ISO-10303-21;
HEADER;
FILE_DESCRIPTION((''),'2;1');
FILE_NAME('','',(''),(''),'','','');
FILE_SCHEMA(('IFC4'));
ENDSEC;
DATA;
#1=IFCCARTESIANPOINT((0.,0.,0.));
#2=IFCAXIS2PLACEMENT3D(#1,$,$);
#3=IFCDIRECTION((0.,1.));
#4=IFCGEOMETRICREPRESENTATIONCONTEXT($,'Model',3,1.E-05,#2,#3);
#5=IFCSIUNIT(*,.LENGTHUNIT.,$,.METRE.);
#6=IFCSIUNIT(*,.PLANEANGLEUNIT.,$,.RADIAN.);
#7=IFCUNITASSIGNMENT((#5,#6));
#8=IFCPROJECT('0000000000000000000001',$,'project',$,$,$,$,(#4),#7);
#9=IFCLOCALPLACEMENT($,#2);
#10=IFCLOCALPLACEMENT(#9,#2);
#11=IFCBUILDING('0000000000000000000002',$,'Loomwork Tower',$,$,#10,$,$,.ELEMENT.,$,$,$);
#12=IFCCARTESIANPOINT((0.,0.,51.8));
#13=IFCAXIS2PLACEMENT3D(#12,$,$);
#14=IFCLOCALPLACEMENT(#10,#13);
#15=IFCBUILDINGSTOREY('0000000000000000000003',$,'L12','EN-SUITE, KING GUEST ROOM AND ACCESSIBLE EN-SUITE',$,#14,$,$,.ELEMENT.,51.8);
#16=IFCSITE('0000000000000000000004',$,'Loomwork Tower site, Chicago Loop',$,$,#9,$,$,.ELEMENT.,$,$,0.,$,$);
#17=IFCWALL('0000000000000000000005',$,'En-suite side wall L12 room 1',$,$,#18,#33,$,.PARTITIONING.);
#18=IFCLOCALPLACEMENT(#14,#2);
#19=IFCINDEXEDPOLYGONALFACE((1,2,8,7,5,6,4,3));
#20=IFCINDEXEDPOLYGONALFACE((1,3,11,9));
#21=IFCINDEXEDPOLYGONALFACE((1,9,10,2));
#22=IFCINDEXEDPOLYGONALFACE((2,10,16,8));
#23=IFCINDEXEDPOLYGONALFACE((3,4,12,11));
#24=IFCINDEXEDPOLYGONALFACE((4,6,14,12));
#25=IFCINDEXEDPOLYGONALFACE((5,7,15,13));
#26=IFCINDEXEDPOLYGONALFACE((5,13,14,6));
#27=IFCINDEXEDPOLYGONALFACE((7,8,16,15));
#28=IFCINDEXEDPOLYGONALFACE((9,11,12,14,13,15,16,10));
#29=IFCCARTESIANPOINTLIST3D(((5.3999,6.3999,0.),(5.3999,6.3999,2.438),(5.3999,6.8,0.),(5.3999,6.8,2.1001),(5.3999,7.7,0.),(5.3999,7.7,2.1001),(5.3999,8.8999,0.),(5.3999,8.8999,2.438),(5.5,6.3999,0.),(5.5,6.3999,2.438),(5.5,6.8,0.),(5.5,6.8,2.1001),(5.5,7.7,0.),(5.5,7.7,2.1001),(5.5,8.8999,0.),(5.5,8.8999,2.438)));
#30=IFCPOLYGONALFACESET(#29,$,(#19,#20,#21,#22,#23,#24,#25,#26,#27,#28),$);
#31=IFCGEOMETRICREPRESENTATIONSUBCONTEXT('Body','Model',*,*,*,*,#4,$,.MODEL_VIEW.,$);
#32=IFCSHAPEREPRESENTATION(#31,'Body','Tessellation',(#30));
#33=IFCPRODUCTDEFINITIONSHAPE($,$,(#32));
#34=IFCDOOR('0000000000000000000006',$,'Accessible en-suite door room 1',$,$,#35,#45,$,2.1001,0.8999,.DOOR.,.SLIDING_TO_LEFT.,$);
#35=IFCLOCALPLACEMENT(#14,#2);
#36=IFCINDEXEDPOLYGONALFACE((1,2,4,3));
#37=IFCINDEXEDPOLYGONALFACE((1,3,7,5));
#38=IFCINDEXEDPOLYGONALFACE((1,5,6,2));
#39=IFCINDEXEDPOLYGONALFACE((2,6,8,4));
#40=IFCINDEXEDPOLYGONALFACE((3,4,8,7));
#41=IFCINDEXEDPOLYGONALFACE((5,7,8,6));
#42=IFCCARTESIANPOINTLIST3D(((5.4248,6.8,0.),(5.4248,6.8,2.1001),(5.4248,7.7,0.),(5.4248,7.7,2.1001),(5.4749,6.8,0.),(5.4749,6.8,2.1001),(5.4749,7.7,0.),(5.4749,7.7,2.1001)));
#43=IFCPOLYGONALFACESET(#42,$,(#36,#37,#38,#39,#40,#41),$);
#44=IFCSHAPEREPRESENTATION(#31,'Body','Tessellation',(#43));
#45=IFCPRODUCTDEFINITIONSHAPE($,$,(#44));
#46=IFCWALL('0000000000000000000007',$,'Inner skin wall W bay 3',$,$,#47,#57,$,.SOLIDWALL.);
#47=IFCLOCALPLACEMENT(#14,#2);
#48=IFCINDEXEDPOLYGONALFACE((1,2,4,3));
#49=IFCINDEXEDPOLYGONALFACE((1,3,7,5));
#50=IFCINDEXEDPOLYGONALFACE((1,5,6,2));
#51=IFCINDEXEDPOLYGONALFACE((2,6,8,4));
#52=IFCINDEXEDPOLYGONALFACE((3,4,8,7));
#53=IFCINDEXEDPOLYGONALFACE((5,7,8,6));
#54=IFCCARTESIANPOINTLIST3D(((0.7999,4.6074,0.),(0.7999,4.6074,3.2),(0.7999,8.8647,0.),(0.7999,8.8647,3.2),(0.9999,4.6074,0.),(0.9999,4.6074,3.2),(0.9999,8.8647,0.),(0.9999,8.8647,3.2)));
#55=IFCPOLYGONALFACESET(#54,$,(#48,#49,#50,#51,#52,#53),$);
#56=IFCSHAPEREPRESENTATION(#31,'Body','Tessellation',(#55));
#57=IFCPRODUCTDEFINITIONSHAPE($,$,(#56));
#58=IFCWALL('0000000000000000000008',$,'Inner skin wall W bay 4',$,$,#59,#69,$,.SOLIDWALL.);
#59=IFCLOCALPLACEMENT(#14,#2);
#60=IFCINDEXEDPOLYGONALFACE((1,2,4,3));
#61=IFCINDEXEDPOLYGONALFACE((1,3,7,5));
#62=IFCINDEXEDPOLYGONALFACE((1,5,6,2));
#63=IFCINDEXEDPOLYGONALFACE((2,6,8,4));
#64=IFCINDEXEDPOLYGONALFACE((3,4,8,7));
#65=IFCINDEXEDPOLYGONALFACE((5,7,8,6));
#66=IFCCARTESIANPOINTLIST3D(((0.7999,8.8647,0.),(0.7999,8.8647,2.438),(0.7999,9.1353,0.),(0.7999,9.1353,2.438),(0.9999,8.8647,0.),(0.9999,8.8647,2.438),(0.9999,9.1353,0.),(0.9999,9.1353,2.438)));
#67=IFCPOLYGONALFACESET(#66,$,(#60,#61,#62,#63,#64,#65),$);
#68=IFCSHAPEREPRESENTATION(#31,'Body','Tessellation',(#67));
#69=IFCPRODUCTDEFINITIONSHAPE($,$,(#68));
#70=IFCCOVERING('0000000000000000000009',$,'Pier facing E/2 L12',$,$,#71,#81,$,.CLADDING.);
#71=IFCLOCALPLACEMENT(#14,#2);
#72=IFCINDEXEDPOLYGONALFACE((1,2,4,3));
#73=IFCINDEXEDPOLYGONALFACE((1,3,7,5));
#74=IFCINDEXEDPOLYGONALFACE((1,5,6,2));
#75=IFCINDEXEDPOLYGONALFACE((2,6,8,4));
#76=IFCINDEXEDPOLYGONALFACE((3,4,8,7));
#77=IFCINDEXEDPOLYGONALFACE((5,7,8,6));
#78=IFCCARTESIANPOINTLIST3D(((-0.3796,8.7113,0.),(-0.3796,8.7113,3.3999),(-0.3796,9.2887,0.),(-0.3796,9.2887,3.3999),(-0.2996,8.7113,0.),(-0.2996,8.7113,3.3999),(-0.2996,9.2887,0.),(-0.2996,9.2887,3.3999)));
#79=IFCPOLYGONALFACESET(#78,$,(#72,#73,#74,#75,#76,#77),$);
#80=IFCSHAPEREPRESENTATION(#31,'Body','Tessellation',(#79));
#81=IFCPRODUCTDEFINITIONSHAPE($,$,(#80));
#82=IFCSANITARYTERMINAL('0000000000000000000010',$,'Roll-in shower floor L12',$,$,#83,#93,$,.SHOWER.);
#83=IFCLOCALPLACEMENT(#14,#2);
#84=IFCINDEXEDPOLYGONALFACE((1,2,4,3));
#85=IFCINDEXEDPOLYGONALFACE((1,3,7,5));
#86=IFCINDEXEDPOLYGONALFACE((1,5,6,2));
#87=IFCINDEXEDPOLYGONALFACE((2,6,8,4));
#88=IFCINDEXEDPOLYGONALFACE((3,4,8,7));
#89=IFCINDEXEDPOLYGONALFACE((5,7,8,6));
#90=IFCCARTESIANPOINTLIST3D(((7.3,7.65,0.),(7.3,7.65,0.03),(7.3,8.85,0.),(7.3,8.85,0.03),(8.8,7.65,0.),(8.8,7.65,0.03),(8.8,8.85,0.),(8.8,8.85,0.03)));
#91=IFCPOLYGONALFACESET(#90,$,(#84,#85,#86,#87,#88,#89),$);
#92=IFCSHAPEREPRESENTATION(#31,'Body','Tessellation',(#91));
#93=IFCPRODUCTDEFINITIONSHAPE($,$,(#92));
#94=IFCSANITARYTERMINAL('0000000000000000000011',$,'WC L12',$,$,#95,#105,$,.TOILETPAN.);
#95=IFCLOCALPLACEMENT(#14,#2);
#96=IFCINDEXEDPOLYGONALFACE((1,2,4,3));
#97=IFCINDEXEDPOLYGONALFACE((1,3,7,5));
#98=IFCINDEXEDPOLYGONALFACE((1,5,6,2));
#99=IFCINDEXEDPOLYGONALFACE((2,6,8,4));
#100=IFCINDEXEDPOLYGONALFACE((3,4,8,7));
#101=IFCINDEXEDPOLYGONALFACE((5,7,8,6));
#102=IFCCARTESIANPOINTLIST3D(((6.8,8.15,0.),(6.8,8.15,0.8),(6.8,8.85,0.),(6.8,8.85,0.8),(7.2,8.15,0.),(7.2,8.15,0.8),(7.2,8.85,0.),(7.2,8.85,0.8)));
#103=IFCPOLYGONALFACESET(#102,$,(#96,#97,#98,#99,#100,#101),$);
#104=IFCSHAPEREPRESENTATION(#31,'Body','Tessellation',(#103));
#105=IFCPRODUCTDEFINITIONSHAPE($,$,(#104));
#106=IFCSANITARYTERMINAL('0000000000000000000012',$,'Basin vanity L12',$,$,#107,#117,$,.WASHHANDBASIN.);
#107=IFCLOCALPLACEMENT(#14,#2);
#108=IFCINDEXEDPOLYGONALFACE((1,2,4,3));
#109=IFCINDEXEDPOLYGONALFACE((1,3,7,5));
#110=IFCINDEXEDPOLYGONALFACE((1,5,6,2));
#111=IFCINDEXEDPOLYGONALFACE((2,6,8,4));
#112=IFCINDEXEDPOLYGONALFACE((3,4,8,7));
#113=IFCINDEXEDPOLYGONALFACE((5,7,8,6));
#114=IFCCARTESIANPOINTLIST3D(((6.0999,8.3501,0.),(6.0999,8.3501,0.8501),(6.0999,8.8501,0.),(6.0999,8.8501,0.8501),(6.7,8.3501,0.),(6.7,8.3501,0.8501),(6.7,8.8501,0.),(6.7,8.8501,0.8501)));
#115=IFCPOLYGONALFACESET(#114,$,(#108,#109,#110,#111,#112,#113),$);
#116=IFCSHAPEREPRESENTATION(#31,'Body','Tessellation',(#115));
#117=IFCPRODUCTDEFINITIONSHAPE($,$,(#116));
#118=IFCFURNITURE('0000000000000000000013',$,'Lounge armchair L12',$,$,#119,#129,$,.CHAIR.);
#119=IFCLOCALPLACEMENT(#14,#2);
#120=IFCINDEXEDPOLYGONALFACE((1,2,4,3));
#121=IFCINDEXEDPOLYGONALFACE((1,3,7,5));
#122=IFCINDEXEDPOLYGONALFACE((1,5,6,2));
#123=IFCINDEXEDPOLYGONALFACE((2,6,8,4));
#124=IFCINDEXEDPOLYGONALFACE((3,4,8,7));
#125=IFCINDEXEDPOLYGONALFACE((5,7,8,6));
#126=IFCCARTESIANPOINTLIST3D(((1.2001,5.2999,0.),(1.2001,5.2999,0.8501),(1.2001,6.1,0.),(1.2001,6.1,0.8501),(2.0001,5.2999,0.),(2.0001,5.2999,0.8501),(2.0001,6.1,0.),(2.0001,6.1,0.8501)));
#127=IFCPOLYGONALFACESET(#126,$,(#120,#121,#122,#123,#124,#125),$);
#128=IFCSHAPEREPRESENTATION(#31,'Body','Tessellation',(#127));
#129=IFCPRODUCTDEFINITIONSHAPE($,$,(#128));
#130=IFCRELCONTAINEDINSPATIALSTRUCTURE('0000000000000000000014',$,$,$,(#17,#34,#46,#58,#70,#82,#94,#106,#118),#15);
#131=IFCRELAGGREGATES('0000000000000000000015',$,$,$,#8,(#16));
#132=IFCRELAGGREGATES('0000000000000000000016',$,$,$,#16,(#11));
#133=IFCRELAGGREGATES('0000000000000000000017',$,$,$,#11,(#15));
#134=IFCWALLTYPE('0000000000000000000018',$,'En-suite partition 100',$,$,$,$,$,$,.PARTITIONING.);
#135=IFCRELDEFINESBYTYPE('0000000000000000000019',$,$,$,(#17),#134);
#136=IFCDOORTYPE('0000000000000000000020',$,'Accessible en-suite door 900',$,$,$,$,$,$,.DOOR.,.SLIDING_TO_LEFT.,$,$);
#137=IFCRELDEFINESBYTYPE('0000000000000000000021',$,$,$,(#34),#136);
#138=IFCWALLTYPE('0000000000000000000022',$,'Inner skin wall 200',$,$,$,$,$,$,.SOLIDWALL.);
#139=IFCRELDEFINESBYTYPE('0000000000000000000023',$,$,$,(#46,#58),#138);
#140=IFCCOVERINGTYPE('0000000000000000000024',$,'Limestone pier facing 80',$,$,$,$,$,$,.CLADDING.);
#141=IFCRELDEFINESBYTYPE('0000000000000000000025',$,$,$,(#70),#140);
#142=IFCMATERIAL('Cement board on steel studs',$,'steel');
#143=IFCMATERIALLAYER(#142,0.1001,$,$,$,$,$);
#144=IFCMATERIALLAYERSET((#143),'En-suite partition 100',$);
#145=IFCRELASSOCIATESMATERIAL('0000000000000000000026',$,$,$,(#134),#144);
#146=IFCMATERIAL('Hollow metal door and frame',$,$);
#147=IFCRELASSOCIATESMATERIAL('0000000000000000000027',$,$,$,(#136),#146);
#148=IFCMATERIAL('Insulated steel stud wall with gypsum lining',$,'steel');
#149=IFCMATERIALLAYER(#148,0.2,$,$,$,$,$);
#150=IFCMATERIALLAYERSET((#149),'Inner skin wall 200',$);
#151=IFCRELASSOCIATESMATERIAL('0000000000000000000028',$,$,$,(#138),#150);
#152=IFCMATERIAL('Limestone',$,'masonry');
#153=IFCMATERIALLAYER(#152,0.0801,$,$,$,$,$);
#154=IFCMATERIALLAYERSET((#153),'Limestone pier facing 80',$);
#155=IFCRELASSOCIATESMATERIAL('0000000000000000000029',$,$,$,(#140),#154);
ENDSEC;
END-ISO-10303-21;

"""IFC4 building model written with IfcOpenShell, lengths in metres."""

from ifc_helpers import new_model, si_unit, direction, frame, frame_2d, origin, origin_2d, place, context, subcontext, project, spatial, rectangle, extrude, material, layer, layer_set, type_object, element, fill, save


model = new_model("IFC4")

# Units and contexts
model_context = context("Model", 3, precision=1e-05, world=origin(), true_north=direction((0.0, 1.0)))
body_context = subcontext(model_context, "Body", "Model", "MODEL_VIEW")
ifc_project = project(units=[si_unit("LENGTHUNIT", "METRE"), si_unit("PLANEANGLEUNIT", "RADIAN")], contexts=[model_context])

# Site, building, storey
site_placement = place(None, origin())
site = spatial("IfcSite", under=ifc_project, at=site_placement, Name="Loomwork Tower site, Chicago Loop", CompositionType="ELEMENT", RefElevation=0.0)
building_placement = place(site_placement, origin())
building = spatial("IfcBuilding", under=site, at=building_placement, Name="Loomwork Tower", CompositionType="ELEMENT")
storey_placement = place(building_placement, frame((0.0, 0.0, 51.8)))
storey = spatial("IfcBuildingStorey", under=building, at=storey_placement, Name="L12", Description="EN-SUITE, KING GUEST ROOM AND ACCESSIBLE EN-SUITE", CompositionType="ELEMENT", Elevation=51.8)

# Shared definitions
ifc_material_1 = material(Name="Cement board on steel studs", Category="steel")
ifc_layer_1 = layer(ifc_material_1, 0.1001)
ifc_layer_set_1 = layer_set([ifc_layer_1], Name="En-suite partition 100")
wall_type_1 = type_object("IfcWallType", Name="En-suite partition 100", PredefinedType="PARTITIONING", material=ifc_layer_set_1)

# Wall, opening, door
wall_1_placement = place(storey_placement, frame((5.45, 8.8999, 0.0), z_axis=(0.0, 0.0, 1.0), x_axis=(0.0, -1.0, 0.0)))
wall_1 = element("IfcWall", 1, at=wall_1_placement, inside=storey, type_object=wall_type_1, Name="En-suite side wall L12 room 1", PredefinedType="PARTITIONING", context=body_context, shape_type="SweptSolid", body=[
    extrude(rectangle(XDim=2.5, YDim=0.1001, at=frame_2d((1.25, 0.0))), origin(), (0.0, 0.0, 1.0), 2.438),
])
opening_1_placement = place(wall_1_placement, frame((1.2, 0.0, 0.0)))
opening_1 = element("IfcOpeningElement", 2, at=opening_1_placement, cuts=wall_1, PredefinedType="OPENING", context=body_context, shape_type="SweptSolid", body=[
    extrude(rectangle(XDim=0.8999, YDim=2.1001, at=frame_2d((0.45, 1.05))), frame((0.0, 0.0601, 0.0), z_axis=(0.0, -1.0, 0.0), x_axis=(1.0, 0.0, 0.0)), (0.0, 0.0, 1.0), 0.1201),
])
ifc_material_2 = material(Name="Hollow metal door and frame")
door_type_1 = type_object("IfcDoorType", Name="Accessible en-suite door 900", OperationType="SLIDING_TO_LEFT", PredefinedType="DOOR", material=ifc_material_2)
door_1_placement = place(opening_1_placement, origin())
door_1 = element("IfcDoor", 3, at=door_1_placement, inside=storey, type_object=door_type_1, Name="Accessible en-suite door room 1", OperationType="SLIDING_TO_LEFT", OverallHeight=2.1001, OverallWidth=0.8999, PredefinedType="DOOR", context=body_context, shape_type="SweptSolid", body=[
    extrude(rectangle(XDim=0.8999, YDim=2.1001, at=frame_2d((0.45, 1.05))), frame((0.0, 0.0249, 0.0), z_axis=(0.0, -1.0, 0.0), x_axis=(1.0, 0.0, 0.0)), (0.0, 0.0, 1.0), 0.05),
])
fill(opening_1, door_1)

# Walls
ifc_material_3 = material(Name="Insulated steel stud wall with gypsum lining", Category="steel")
ifc_layer_2 = layer(ifc_material_3, 0.2)
ifc_layer_set_2 = layer_set([ifc_layer_2], Name="Inner skin wall 200")
wall_type_2 = type_object("IfcWallType", Name="Inner skin wall 200", PredefinedType="SOLIDWALL", material=ifc_layer_set_2)
wall_2_placement = place(storey_placement, frame((0.8999, 4.6074, 0.0), z_axis=(0.0, 0.0, 1.0), x_axis=(0.0, 1.0, 0.0)))
element("IfcWall", 4, at=wall_2_placement, inside=storey, type_object=wall_type_2, Name="Inner skin wall W bay 3", PredefinedType="SOLIDWALL", context=body_context, shape_type="SweptSolid", body=[
    extrude(rectangle(XDim=4.2573, YDim=0.2, at=frame_2d((2.1287, 0.0))), origin(), (0.0, 0.0, 1.0), 3.2),
])
wall_3_placement = place(storey_placement, frame((0.8999, 8.8647, 0.0), z_axis=(0.0, 0.0, 1.0), x_axis=(0.0, 1.0, 0.0)))
element("IfcWall", 5, at=wall_3_placement, inside=storey, type_object=wall_type_2, Name="Inner skin wall W bay 4", PredefinedType="SOLIDWALL", context=body_context, shape_type="SweptSolid", body=[
    extrude(rectangle(XDim=0.2705, YDim=0.2, at=frame_2d((0.1353, 0.0))), origin(), (0.0, 0.0, 1.0), 2.438),
])

# Covering
ifc_material_4 = material(Name="Limestone", Category="masonry")
ifc_layer_3 = layer(ifc_material_4, 0.0801)
ifc_layer_set_3 = layer_set([ifc_layer_3], Name="Limestone pier facing 80")
covering_type = type_object("IfcCoveringType", Name="Limestone pier facing 80", PredefinedType="CLADDING", material=ifc_layer_set_3)
covering_placement = place(storey_placement, frame((-0.3396, 9.0, 0.0), z_axis=(0.0, 0.0, 1.0), x_axis=(1.0, 0.0, 0.0)))
element("IfcCovering", 6, at=covering_placement, inside=storey, type_object=covering_type, Name="Pier facing E/2 L12", PredefinedType="CLADDING", context=body_context, shape_type="SweptSolid", body=[
    extrude(rectangle(XDim=0.0801, YDim=0.5774, at=origin_2d()), origin(), (0.0, 0.0, 1.0), 3.3999),
])

# Sanitary terminals
sanitary_terminal_1_placement = place(storey_placement, frame((8.05, 8.25, 0.0), z_axis=(0.0, 0.0, 1.0), x_axis=(1.0, 0.0, 0.0)))
element("IfcSanitaryTerminal", 7, at=sanitary_terminal_1_placement, inside=storey, Name="Roll-in shower floor L12", PredefinedType="SHOWER", context=body_context, shape_type="SweptSolid", body=[
    extrude(rectangle(XDim=1.5, YDim=1.2, at=origin_2d()), origin(), (0.0, 0.0, 1.0), 0.03),
])
sanitary_terminal_2_placement = place(storey_placement, frame((7.0, 8.5, 0.0), z_axis=(0.0, 0.0, 1.0), x_axis=(1.0, 0.0, 0.0)))
element("IfcSanitaryTerminal", 8, at=sanitary_terminal_2_placement, inside=storey, Name="WC L12", PredefinedType="TOILETPAN", context=body_context, shape_type="SweptSolid", body=[
    extrude(rectangle(XDim=0.3999, YDim=0.7, at=origin_2d()), origin(), (0.0, 0.0, 1.0), 0.8),
])
sanitary_terminal_3_placement = place(storey_placement, frame((6.3999, 8.6001, 0.0), z_axis=(0.0, 0.0, 1.0), x_axis=(1.0, 0.0, 0.0)))
element("IfcSanitaryTerminal", 9, at=sanitary_terminal_3_placement, inside=storey, Name="Basin vanity L12", PredefinedType="WASHHANDBASIN", context=body_context, shape_type="SweptSolid", body=[
    extrude(rectangle(XDim=0.6001, YDim=0.5, at=origin_2d()), origin(), (0.0, 0.0, 1.0), 0.8501),
])

# Furniture
furniture_placement = place(storey_placement, frame((1.6001, 5.7, 0.0), z_axis=(0.0, 0.0, 1.0), x_axis=(1.0, 0.0, 0.0)))
element("IfcFurniture", 10, at=furniture_placement, inside=storey, Name="Lounge armchair L12", PredefinedType="CHAIR", context=body_context, shape_type="SweptSolid", body=[
    extrude(rectangle(XDim=0.8, YDim=0.8, at=origin_2d()), origin(), (0.0, 0.0, 1.0), 0.8501),
])

save(model, "model.ifc")
